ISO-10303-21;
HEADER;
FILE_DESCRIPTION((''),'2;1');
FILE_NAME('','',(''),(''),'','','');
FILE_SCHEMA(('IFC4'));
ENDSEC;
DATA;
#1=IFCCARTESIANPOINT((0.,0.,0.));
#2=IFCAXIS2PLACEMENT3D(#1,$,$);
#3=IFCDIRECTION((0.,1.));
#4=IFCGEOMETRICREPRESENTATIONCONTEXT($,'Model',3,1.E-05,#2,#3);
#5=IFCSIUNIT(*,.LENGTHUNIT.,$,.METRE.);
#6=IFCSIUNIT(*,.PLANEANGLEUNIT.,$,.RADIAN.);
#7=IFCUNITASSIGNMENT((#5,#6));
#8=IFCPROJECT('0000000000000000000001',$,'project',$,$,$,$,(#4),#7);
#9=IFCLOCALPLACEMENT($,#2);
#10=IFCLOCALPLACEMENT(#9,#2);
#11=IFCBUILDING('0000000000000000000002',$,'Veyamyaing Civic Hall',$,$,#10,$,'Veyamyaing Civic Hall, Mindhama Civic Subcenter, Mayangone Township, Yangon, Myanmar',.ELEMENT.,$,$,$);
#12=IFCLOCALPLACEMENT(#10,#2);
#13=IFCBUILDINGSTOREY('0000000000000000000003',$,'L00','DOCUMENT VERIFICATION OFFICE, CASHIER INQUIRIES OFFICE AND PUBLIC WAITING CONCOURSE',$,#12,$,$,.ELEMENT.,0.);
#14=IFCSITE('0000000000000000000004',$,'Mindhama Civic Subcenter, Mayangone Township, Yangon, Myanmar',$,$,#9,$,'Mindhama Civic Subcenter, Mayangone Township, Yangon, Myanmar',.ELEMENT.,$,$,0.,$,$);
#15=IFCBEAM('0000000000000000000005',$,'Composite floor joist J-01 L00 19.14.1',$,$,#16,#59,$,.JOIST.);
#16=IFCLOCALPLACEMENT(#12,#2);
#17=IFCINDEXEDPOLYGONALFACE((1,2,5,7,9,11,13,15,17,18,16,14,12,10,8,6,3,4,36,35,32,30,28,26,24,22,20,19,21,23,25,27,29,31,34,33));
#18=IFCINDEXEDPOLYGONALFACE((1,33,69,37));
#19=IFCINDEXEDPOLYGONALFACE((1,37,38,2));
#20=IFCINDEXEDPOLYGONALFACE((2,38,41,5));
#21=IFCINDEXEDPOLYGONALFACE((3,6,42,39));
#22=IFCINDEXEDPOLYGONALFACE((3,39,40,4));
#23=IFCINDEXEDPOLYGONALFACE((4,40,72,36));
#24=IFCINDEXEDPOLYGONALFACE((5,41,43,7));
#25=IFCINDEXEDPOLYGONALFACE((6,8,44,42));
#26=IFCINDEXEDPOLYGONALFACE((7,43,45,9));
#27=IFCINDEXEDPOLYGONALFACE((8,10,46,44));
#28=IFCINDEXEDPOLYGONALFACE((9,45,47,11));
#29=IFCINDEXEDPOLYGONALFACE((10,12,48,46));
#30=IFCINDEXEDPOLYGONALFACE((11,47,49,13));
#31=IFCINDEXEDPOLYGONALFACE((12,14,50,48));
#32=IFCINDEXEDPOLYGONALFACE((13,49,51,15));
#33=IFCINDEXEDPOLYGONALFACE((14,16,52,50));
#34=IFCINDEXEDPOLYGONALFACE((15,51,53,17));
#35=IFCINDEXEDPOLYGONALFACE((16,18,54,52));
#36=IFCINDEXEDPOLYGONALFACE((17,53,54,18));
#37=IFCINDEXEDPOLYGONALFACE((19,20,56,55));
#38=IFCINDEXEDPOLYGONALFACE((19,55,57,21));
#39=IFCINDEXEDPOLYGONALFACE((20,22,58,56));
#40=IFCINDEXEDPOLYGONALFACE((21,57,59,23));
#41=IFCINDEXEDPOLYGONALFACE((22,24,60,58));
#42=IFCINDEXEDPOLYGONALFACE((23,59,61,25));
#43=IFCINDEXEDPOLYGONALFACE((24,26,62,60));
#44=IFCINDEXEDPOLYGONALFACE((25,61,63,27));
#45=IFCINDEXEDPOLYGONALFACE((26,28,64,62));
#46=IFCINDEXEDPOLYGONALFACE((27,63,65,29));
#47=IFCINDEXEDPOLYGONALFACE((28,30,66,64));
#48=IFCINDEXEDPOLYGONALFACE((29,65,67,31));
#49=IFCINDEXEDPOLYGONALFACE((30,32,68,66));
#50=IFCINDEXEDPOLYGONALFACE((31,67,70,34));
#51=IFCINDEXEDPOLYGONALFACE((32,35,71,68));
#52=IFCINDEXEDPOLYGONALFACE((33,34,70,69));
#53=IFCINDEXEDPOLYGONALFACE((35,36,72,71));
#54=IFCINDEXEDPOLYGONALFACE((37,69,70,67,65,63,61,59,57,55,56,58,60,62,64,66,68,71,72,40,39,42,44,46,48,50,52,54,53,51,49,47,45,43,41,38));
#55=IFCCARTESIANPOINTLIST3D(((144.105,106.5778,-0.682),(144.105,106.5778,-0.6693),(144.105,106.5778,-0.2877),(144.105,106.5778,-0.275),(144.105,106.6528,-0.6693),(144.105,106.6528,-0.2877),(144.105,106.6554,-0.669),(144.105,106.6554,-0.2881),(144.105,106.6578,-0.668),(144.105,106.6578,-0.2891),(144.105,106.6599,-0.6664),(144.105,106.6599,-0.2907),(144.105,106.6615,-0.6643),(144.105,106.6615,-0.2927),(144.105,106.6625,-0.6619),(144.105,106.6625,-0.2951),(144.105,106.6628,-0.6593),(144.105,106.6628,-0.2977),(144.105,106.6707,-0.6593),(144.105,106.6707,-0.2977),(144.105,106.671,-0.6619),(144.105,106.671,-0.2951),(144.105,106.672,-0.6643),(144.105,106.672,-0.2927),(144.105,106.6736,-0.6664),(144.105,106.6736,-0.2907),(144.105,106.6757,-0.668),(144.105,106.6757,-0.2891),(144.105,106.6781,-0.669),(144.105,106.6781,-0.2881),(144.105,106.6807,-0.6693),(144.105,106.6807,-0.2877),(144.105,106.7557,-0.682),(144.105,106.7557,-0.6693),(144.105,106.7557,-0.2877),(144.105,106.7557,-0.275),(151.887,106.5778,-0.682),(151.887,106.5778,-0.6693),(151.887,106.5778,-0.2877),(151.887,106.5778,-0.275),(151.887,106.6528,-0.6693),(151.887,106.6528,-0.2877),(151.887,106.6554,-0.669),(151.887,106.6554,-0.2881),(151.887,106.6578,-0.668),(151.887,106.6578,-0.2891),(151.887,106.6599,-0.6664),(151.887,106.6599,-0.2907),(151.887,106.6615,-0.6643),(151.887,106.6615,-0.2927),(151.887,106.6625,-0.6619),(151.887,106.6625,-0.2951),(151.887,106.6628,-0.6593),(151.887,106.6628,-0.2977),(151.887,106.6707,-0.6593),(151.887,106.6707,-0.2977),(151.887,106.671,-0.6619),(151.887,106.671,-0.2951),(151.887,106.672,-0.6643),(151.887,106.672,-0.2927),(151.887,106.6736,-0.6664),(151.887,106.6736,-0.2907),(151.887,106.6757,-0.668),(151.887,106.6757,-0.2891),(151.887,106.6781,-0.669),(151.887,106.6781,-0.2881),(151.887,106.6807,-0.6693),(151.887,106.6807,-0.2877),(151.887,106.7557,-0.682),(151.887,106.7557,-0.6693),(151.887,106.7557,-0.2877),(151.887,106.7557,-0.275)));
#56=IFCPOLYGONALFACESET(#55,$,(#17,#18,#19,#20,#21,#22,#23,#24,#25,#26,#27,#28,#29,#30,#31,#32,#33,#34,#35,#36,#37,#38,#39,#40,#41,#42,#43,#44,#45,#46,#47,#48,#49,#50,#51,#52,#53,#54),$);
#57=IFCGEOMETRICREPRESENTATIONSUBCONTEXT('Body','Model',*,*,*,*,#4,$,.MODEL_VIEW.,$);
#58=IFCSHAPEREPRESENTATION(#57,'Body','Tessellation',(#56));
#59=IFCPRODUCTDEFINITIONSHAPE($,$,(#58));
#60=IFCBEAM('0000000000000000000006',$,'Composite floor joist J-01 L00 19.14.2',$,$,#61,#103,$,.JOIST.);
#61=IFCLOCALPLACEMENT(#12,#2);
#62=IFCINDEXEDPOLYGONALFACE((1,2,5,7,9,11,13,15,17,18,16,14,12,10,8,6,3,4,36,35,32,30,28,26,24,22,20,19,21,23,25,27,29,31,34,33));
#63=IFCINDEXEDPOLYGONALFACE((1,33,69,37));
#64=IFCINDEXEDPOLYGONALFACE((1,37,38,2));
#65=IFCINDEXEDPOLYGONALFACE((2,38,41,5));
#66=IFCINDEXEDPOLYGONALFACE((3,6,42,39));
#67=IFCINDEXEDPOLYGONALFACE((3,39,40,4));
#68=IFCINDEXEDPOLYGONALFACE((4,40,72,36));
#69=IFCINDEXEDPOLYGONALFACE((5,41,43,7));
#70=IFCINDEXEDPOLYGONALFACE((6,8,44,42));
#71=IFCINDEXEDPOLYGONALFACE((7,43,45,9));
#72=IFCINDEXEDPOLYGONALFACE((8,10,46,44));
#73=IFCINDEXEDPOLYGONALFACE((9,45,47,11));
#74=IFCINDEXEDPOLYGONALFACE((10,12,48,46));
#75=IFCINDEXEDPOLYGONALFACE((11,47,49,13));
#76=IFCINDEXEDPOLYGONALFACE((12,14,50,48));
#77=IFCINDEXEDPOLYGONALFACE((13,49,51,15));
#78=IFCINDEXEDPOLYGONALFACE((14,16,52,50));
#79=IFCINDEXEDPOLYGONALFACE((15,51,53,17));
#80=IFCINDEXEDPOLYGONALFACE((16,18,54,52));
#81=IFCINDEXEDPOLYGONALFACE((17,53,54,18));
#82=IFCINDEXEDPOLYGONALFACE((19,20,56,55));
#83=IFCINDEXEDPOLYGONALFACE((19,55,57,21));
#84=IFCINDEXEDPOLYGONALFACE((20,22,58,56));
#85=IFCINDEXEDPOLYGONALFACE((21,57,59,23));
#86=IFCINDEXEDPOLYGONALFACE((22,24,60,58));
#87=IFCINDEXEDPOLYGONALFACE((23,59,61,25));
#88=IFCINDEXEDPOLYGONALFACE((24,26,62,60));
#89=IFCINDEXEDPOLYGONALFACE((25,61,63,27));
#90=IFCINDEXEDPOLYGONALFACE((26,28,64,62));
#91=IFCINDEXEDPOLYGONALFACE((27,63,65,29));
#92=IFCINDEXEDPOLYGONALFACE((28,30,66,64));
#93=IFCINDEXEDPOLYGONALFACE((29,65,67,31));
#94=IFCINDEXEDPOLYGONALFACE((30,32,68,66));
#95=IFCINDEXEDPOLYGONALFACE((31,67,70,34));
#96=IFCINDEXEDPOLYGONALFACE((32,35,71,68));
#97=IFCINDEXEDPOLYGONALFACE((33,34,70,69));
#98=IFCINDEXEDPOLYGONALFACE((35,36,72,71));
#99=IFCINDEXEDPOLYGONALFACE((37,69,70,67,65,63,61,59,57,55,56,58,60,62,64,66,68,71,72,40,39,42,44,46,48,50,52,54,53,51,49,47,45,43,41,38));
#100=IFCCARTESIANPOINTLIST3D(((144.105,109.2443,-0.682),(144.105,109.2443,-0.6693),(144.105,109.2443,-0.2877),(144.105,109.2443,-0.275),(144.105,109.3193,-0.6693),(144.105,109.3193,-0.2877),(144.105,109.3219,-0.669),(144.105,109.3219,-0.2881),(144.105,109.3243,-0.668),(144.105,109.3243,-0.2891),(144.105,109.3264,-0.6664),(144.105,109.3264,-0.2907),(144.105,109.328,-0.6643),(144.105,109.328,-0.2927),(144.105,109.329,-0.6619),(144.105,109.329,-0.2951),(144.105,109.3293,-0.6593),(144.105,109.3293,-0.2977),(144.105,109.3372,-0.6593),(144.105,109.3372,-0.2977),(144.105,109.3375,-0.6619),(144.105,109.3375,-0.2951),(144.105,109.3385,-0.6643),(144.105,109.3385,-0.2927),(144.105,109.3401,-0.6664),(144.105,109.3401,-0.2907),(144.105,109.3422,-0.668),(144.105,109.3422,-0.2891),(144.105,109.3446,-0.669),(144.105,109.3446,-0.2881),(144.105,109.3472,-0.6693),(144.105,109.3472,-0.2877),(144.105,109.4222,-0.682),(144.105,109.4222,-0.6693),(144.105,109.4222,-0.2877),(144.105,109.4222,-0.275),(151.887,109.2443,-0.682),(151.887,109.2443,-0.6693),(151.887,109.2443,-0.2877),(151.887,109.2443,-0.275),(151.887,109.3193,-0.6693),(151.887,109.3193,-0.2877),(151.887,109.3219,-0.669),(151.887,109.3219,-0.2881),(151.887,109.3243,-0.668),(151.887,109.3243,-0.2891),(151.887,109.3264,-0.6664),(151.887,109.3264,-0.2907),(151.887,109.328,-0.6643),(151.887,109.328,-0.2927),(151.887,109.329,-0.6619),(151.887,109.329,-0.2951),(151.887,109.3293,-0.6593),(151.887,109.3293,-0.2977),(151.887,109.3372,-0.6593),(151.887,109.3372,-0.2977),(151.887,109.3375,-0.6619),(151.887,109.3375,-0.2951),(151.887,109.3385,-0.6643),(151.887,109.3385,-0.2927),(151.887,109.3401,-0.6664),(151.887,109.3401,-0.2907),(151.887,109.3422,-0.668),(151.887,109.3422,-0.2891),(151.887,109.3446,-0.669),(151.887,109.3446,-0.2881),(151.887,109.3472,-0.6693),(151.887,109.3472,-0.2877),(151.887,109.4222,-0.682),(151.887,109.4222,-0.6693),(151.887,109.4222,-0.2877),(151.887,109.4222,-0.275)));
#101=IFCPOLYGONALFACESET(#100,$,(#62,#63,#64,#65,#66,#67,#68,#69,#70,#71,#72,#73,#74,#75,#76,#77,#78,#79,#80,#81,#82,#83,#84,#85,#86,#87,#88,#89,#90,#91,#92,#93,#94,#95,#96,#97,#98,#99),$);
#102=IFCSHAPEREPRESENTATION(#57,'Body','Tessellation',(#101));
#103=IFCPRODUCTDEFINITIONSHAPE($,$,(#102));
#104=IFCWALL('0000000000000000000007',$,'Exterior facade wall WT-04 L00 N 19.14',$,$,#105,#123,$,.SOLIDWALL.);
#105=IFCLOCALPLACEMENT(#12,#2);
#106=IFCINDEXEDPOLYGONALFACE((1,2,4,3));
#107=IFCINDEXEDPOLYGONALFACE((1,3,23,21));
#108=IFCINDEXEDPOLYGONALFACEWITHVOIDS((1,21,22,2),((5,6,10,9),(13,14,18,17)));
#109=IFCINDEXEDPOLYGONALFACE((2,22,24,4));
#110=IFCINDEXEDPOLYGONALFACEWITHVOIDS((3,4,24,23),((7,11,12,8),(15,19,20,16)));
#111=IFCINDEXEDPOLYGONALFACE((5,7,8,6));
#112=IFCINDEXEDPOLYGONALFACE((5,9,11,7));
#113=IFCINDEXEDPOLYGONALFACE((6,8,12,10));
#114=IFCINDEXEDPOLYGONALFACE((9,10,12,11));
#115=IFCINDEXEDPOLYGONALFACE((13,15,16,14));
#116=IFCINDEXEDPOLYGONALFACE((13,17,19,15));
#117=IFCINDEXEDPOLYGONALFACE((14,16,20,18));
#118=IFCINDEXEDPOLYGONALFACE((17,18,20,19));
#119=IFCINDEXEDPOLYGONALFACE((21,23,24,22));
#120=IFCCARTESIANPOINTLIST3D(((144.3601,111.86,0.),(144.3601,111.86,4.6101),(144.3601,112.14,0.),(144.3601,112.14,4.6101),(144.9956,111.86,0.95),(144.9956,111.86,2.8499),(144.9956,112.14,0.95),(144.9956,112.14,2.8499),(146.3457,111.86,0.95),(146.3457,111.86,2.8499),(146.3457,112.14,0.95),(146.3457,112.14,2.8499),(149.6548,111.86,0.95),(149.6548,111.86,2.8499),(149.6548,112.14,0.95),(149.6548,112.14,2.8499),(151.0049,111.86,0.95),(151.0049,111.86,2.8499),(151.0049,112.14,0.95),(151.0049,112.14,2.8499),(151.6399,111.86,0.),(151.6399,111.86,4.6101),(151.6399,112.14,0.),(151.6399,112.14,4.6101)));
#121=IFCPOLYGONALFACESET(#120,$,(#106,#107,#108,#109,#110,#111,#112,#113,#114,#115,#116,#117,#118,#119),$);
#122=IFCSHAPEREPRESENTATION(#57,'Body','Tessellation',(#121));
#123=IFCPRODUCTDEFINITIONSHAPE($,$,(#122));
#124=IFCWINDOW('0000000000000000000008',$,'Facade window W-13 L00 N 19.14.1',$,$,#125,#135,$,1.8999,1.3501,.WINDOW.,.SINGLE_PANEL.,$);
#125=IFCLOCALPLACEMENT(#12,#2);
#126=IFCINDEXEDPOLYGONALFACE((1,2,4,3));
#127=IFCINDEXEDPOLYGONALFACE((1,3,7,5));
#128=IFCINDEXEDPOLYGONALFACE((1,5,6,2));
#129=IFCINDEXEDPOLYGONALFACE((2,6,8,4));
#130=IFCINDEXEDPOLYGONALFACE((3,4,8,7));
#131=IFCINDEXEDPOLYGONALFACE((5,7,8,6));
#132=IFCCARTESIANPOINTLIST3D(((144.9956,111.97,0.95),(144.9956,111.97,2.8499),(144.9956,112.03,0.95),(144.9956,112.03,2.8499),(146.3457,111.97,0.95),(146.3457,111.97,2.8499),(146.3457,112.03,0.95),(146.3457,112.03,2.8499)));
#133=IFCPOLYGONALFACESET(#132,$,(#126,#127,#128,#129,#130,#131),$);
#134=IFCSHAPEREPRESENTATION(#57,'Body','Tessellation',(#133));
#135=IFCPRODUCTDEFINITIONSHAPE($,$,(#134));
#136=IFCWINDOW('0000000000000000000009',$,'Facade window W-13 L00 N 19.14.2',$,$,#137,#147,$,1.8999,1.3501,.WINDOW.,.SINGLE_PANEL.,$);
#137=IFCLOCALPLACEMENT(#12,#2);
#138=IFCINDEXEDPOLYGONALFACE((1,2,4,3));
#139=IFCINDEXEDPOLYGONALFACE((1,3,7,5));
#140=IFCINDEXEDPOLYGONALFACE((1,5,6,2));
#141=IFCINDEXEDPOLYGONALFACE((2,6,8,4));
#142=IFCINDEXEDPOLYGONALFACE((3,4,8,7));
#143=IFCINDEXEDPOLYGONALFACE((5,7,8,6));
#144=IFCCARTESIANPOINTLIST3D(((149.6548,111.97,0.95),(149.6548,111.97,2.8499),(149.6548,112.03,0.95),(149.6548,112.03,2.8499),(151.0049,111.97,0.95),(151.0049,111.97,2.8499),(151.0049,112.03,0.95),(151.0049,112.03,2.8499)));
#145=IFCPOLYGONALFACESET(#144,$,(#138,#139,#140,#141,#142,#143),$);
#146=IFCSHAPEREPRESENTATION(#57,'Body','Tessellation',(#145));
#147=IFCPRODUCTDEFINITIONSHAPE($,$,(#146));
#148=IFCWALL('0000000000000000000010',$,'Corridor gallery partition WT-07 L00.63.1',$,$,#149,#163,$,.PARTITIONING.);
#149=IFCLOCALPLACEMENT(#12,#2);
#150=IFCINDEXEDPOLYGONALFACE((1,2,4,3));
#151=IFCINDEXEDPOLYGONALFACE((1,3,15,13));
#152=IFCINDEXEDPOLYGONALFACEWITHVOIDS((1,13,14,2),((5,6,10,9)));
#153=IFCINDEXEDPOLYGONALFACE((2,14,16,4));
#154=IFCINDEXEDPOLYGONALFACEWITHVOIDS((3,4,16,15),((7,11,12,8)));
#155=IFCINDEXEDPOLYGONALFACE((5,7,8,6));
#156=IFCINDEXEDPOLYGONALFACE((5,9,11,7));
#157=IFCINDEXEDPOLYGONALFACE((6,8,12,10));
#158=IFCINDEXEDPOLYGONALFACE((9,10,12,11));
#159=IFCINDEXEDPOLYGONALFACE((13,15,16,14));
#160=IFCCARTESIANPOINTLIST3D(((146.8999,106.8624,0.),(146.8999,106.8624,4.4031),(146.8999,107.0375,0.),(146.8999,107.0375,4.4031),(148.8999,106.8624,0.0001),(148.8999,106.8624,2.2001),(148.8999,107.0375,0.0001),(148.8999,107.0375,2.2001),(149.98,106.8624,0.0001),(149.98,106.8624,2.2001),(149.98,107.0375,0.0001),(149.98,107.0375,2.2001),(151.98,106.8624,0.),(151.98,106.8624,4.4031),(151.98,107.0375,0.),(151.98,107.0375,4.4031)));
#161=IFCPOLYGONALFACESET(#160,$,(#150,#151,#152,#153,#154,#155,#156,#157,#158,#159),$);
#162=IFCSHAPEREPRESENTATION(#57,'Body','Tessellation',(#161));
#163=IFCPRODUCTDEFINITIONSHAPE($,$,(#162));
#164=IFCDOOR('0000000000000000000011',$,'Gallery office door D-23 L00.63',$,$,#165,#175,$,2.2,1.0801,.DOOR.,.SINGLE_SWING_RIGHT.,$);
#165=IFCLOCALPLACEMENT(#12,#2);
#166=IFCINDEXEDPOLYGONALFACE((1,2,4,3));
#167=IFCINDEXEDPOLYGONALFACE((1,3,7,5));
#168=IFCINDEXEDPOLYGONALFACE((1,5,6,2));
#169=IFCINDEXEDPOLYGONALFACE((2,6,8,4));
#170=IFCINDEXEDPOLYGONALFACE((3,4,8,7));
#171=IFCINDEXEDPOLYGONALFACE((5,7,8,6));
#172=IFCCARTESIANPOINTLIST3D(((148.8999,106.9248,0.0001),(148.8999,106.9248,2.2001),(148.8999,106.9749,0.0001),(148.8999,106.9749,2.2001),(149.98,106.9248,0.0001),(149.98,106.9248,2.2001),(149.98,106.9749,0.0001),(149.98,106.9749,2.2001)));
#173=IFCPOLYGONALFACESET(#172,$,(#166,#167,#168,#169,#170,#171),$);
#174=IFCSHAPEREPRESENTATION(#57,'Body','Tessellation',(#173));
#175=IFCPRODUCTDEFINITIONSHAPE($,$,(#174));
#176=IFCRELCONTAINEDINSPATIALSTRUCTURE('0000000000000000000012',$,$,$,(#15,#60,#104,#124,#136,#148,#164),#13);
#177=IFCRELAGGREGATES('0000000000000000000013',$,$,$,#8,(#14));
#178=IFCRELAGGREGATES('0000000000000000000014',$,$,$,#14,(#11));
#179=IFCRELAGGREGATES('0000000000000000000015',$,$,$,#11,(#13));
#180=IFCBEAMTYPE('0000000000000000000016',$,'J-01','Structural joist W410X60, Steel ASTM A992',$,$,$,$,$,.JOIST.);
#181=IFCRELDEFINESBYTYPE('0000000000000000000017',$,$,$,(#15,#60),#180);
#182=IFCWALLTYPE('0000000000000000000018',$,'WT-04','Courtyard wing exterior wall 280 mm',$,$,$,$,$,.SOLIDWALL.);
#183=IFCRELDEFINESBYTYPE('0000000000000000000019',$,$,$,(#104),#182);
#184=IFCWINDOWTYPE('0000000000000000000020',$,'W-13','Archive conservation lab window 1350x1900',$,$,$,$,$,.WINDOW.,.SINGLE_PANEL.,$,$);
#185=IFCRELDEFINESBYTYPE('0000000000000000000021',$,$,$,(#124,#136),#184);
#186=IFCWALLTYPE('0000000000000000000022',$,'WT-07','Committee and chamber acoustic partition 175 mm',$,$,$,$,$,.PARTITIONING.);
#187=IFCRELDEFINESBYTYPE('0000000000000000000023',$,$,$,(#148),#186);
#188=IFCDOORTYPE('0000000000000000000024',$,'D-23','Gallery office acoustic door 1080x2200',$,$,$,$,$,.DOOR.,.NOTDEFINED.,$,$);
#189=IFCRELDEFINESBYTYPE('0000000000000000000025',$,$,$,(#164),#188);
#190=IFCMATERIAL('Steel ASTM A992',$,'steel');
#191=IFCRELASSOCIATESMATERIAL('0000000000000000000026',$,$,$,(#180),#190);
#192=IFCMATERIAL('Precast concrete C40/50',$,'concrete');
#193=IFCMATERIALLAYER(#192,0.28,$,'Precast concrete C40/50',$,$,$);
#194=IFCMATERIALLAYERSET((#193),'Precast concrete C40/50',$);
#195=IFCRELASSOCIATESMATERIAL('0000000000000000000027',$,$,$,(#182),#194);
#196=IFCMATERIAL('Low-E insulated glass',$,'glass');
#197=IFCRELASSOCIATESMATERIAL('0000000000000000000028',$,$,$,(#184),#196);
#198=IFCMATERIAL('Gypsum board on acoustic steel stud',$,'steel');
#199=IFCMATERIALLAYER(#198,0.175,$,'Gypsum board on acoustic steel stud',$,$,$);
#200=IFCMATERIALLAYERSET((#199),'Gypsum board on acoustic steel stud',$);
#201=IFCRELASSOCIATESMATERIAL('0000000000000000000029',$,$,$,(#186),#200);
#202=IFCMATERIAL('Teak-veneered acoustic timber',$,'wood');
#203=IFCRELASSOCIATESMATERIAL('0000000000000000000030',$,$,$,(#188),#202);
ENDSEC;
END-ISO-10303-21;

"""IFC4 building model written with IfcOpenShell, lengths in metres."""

from ifc_helpers import new_model, si_unit, direction, frame, frame_2d, origin, origin_2d, place, context, subcontext, project, spatial, rectangle, i_section, extrude, material, layer, layer_set, material_profile, profile_set, type_object, element, fill, save


model = new_model("IFC4")

# Units and contexts
model_context = context("Model", 3, precision=1e-05, world=origin(), true_north=direction((0.0, 1.0)))
body_context = subcontext(model_context, "Body", "Model", "MODEL_VIEW")
ifc_project = project(units=[si_unit("LENGTHUNIT", "METRE"), si_unit("PLANEANGLEUNIT", "RADIAN")], contexts=[model_context])

# Site, building, storey
site_placement = place(None, origin())
site = spatial("IfcSite", under=ifc_project, at=site_placement, Name="Mindhama Civic Subcenter, Mayangone Township, Yangon, Myanmar", LongName="Mindhama Civic Subcenter, Mayangone Township, Yangon, Myanmar", CompositionType="ELEMENT", RefElevation=0.0)
building_placement = place(site_placement, origin())
building = spatial("IfcBuilding", under=site, at=building_placement, Name="Veyamyaing Civic Hall", LongName="Veyamyaing Civic Hall, Mindhama Civic Subcenter, Mayangone Township, Yangon, Myanmar", CompositionType="ELEMENT")
storey_placement = place(building_placement, origin())
storey = spatial("IfcBuildingStorey", under=building, at=storey_placement, Name="L00", Description="DOCUMENT VERIFICATION OFFICE, CASHIER INQUIRIES OFFICE AND PUBLIC WAITING CONCOURSE", CompositionType="ELEMENT", Elevation=0.0)

# Beams
ifc_material_1 = material(Name="Steel ASTM A992", Category="steel")
ifc_material_profile_1 = material_profile(ifc_material_1, i_section(OverallWidth=0.178, OverallDepth=0.407, WebThickness=0.0078, FlangeThickness=0.0127, FilletRadius=0.01, at=origin_2d()), Name="W410X60")
ifc_profile_set_1 = profile_set([ifc_material_profile_1], Name="Steel ASTM A992")
beam_type_1 = type_object("IfcBeamType", Name="J-01", Description="Structural joist W410X60, Steel ASTM A992", PredefinedType="JOIST", material=ifc_profile_set_1)
for number, where, z_axis, x_axis, name in (
    (1, (144.105, 106.6667, -0.4785), (1.0, 0.0, 0.0), (0.0, 1.0, 0.0), "Composite floor joist J-01 L00 19.14.1"),
    (2, (144.105, 109.3333, -0.4785), (1.0, 0.0, 0.0), (0.0, 1.0, 0.0), "Composite floor joist J-01 L00 19.14.2"),
):
    element("IfcBeam", number, at=place(storey_placement, frame(where, z_axis=z_axis, x_axis=x_axis)), inside=storey, type_object=beam_type_1, Name=name, PredefinedType="JOIST", context=body_context, shape_type="SweptSolid", body=[
        extrude(i_section(OverallWidth=0.178, OverallDepth=0.407, WebThickness=0.0078, FlangeThickness=0.0127, FilletRadius=0.01, at=origin_2d()), origin(), (0.0, 0.0, 1.0), 7.782),
    ])

# Wall, openings, windows
ifc_material_2 = material(Name="Precast concrete C40/50", Category="concrete")
ifc_layer_1 = layer(ifc_material_2, 0.28, Name="Precast concrete C40/50")
ifc_layer_set_1 = layer_set([ifc_layer_1], Name="Precast concrete C40/50")
wall_type_1 = type_object("IfcWallType", Name="WT-04", Description="Courtyard wing exterior wall 280 mm", PredefinedType="SOLIDWALL", material=ifc_layer_set_1)
wall_1_placement = place(storey_placement, frame((144.3601, 112.0, 0.0), z_axis=(0.0, 0.0, 1.0), x_axis=(1.0, 0.0, 0.0)))
wall_1 = element("IfcWall", 3, at=wall_1_placement, inside=storey, type_object=wall_type_1, Name="Exterior facade wall WT-04 L00 N 19.14", PredefinedType="SOLIDWALL", context=body_context, shape_type="SweptSolid", body=[
    extrude(rectangle(XDim=7.2798, YDim=0.28, at=frame_2d((3.6399, 0.0))), origin(), (0.0, 0.0, 1.0), 4.6101),
])
opening_1_placement = place(wall_1_placement, frame((0.6355, 0.0, 0.95)))
opening_1 = element("IfcOpeningElement", 4, at=opening_1_placement, cuts=wall_1, PredefinedType="OPENING", context=body_context, shape_type="SweptSolid", body=[
    extrude(rectangle(XDim=1.3501, YDim=1.8999, at=frame_2d((0.675, 0.95))), frame((0.0, 0.1499, 0.0), z_axis=(0.0, -1.0, 0.0), x_axis=(1.0, 0.0, 0.0)), (0.0, 0.0, 1.0), 0.3),
])
opening_2_placement = place(wall_1_placement, frame((5.2947, 0.0, 0.95)))
opening_2 = element("IfcOpeningElement", 5, at=opening_2_placement, cuts=wall_1, PredefinedType="OPENING", context=body_context, shape_type="SweptSolid", body=[
    extrude(rectangle(XDim=1.3501, YDim=1.8999, at=frame_2d((0.675, 0.95))), frame((0.0, 0.1499, 0.0), z_axis=(0.0, -1.0, 0.0), x_axis=(1.0, 0.0, 0.0)), (0.0, 0.0, 1.0), 0.3),
])
ifc_material_3 = material(Name="Low-E insulated glass", Category="glass")
window_type = type_object("IfcWindowType", Name="W-13", Description="Archive conservation lab window 1350x1900", PartitioningType="SINGLE_PANEL", PredefinedType="WINDOW", material=ifc_material_3)
window_1_placement = place(opening_1_placement, origin())
window_1 = element("IfcWindow", 6, at=window_1_placement, inside=storey, type_object=window_type, Name="Facade window W-13 L00 N 19.14.1", OverallHeight=1.8999, OverallWidth=1.3501, PartitioningType="SINGLE_PANEL", PredefinedType="WINDOW", context=body_context, shape_type="SweptSolid", body=[
    extrude(rectangle(XDim=1.3501, YDim=1.8999, at=frame_2d((0.675, 0.95))), frame((0.0, 0.03, 0.0), z_axis=(0.0, -1.0, 0.0), x_axis=(1.0, 0.0, 0.0)), (0.0, 0.0, 1.0), 0.0601),
])
fill(opening_1, window_1)
window_2_placement = place(opening_2_placement, origin())
window_2 = element("IfcWindow", 7, at=window_2_placement, inside=storey, type_object=window_type, Name="Facade window W-13 L00 N 19.14.2", OverallHeight=1.8999, OverallWidth=1.3501, PartitioningType="SINGLE_PANEL", PredefinedType="WINDOW", context=body_context, shape_type="SweptSolid", body=[
    extrude(rectangle(XDim=1.3501, YDim=1.8999, at=frame_2d((0.675, 0.95))), frame((0.0, 0.03, 0.0), z_axis=(0.0, -1.0, 0.0), x_axis=(1.0, 0.0, 0.0)), (0.0, 0.0, 1.0), 0.0601),
])
fill(opening_2, window_2)

# Wall, opening, door
ifc_material_4 = material(Name="Gypsum board on acoustic steel stud", Category="steel")
ifc_layer_2 = layer(ifc_material_4, 0.175, Name="Gypsum board on acoustic steel stud")
ifc_layer_set_2 = layer_set([ifc_layer_2], Name="Gypsum board on acoustic steel stud")
wall_type_2 = type_object("IfcWallType", Name="WT-07", Description="Committee and chamber acoustic partition 175 mm", PredefinedType="PARTITIONING", material=ifc_layer_set_2)
wall_2_placement = place(storey_placement, frame((146.8999, 106.95, 0.0), z_axis=(0.0, 0.0, 1.0), x_axis=(1.0, 0.0, 0.0)))
wall_2 = element("IfcWall", 8, at=wall_2_placement, inside=storey, type_object=wall_type_2, Name="Corridor gallery partition WT-07 L00.63.1", PredefinedType="PARTITIONING", context=body_context, shape_type="SweptSolid", body=[
    extrude(rectangle(XDim=5.0801, YDim=0.175, at=frame_2d((2.54, 0.0))), origin(), (0.0, 0.0, 1.0), 4.4031),
])
opening_3_placement = place(wall_2_placement, frame((2.0, 0.0, 0.0)))
opening_3 = element("IfcOpeningElement", 9, at=opening_3_placement, cuts=wall_2, PredefinedType="OPENING", context=body_context, shape_type="SweptSolid", body=[
    extrude(rectangle(XDim=1.0801, YDim=2.2, at=frame_2d((0.54, 1.1001))), frame((0.0, 0.0974, 0.0), z_axis=(0.0, -1.0, 0.0), x_axis=(1.0, 0.0, 0.0)), (0.0, 0.0, 1.0), 0.1951),
])
ifc_material_5 = material(Name="Teak-veneered acoustic timber", Category="wood")
door_type = type_object("IfcDoorType", Name="D-23", Description="Gallery office acoustic door 1080x2200", OperationType="NOTDEFINED", PredefinedType="DOOR", material=ifc_material_5)
door_placement = place(opening_3_placement, origin())
door = element("IfcDoor", 10, at=door_placement, inside=storey, type_object=door_type, Name="Gallery office door D-23 L00.63", OperationType="SINGLE_SWING_RIGHT", OverallHeight=2.2, OverallWidth=1.0801, PredefinedType="DOOR", context=body_context, shape_type="SweptSolid", body=[
    extrude(rectangle(XDim=1.0801, YDim=2.2, at=frame_2d((0.54, 1.1001))), frame((0.0, 0.0249, 0.0), z_axis=(0.0, -1.0, 0.0), x_axis=(1.0, 0.0, 0.0)), (0.0, 0.0, 1.0), 0.05),
])
fill(opening_3, door)

save(model, "model.ifc")
